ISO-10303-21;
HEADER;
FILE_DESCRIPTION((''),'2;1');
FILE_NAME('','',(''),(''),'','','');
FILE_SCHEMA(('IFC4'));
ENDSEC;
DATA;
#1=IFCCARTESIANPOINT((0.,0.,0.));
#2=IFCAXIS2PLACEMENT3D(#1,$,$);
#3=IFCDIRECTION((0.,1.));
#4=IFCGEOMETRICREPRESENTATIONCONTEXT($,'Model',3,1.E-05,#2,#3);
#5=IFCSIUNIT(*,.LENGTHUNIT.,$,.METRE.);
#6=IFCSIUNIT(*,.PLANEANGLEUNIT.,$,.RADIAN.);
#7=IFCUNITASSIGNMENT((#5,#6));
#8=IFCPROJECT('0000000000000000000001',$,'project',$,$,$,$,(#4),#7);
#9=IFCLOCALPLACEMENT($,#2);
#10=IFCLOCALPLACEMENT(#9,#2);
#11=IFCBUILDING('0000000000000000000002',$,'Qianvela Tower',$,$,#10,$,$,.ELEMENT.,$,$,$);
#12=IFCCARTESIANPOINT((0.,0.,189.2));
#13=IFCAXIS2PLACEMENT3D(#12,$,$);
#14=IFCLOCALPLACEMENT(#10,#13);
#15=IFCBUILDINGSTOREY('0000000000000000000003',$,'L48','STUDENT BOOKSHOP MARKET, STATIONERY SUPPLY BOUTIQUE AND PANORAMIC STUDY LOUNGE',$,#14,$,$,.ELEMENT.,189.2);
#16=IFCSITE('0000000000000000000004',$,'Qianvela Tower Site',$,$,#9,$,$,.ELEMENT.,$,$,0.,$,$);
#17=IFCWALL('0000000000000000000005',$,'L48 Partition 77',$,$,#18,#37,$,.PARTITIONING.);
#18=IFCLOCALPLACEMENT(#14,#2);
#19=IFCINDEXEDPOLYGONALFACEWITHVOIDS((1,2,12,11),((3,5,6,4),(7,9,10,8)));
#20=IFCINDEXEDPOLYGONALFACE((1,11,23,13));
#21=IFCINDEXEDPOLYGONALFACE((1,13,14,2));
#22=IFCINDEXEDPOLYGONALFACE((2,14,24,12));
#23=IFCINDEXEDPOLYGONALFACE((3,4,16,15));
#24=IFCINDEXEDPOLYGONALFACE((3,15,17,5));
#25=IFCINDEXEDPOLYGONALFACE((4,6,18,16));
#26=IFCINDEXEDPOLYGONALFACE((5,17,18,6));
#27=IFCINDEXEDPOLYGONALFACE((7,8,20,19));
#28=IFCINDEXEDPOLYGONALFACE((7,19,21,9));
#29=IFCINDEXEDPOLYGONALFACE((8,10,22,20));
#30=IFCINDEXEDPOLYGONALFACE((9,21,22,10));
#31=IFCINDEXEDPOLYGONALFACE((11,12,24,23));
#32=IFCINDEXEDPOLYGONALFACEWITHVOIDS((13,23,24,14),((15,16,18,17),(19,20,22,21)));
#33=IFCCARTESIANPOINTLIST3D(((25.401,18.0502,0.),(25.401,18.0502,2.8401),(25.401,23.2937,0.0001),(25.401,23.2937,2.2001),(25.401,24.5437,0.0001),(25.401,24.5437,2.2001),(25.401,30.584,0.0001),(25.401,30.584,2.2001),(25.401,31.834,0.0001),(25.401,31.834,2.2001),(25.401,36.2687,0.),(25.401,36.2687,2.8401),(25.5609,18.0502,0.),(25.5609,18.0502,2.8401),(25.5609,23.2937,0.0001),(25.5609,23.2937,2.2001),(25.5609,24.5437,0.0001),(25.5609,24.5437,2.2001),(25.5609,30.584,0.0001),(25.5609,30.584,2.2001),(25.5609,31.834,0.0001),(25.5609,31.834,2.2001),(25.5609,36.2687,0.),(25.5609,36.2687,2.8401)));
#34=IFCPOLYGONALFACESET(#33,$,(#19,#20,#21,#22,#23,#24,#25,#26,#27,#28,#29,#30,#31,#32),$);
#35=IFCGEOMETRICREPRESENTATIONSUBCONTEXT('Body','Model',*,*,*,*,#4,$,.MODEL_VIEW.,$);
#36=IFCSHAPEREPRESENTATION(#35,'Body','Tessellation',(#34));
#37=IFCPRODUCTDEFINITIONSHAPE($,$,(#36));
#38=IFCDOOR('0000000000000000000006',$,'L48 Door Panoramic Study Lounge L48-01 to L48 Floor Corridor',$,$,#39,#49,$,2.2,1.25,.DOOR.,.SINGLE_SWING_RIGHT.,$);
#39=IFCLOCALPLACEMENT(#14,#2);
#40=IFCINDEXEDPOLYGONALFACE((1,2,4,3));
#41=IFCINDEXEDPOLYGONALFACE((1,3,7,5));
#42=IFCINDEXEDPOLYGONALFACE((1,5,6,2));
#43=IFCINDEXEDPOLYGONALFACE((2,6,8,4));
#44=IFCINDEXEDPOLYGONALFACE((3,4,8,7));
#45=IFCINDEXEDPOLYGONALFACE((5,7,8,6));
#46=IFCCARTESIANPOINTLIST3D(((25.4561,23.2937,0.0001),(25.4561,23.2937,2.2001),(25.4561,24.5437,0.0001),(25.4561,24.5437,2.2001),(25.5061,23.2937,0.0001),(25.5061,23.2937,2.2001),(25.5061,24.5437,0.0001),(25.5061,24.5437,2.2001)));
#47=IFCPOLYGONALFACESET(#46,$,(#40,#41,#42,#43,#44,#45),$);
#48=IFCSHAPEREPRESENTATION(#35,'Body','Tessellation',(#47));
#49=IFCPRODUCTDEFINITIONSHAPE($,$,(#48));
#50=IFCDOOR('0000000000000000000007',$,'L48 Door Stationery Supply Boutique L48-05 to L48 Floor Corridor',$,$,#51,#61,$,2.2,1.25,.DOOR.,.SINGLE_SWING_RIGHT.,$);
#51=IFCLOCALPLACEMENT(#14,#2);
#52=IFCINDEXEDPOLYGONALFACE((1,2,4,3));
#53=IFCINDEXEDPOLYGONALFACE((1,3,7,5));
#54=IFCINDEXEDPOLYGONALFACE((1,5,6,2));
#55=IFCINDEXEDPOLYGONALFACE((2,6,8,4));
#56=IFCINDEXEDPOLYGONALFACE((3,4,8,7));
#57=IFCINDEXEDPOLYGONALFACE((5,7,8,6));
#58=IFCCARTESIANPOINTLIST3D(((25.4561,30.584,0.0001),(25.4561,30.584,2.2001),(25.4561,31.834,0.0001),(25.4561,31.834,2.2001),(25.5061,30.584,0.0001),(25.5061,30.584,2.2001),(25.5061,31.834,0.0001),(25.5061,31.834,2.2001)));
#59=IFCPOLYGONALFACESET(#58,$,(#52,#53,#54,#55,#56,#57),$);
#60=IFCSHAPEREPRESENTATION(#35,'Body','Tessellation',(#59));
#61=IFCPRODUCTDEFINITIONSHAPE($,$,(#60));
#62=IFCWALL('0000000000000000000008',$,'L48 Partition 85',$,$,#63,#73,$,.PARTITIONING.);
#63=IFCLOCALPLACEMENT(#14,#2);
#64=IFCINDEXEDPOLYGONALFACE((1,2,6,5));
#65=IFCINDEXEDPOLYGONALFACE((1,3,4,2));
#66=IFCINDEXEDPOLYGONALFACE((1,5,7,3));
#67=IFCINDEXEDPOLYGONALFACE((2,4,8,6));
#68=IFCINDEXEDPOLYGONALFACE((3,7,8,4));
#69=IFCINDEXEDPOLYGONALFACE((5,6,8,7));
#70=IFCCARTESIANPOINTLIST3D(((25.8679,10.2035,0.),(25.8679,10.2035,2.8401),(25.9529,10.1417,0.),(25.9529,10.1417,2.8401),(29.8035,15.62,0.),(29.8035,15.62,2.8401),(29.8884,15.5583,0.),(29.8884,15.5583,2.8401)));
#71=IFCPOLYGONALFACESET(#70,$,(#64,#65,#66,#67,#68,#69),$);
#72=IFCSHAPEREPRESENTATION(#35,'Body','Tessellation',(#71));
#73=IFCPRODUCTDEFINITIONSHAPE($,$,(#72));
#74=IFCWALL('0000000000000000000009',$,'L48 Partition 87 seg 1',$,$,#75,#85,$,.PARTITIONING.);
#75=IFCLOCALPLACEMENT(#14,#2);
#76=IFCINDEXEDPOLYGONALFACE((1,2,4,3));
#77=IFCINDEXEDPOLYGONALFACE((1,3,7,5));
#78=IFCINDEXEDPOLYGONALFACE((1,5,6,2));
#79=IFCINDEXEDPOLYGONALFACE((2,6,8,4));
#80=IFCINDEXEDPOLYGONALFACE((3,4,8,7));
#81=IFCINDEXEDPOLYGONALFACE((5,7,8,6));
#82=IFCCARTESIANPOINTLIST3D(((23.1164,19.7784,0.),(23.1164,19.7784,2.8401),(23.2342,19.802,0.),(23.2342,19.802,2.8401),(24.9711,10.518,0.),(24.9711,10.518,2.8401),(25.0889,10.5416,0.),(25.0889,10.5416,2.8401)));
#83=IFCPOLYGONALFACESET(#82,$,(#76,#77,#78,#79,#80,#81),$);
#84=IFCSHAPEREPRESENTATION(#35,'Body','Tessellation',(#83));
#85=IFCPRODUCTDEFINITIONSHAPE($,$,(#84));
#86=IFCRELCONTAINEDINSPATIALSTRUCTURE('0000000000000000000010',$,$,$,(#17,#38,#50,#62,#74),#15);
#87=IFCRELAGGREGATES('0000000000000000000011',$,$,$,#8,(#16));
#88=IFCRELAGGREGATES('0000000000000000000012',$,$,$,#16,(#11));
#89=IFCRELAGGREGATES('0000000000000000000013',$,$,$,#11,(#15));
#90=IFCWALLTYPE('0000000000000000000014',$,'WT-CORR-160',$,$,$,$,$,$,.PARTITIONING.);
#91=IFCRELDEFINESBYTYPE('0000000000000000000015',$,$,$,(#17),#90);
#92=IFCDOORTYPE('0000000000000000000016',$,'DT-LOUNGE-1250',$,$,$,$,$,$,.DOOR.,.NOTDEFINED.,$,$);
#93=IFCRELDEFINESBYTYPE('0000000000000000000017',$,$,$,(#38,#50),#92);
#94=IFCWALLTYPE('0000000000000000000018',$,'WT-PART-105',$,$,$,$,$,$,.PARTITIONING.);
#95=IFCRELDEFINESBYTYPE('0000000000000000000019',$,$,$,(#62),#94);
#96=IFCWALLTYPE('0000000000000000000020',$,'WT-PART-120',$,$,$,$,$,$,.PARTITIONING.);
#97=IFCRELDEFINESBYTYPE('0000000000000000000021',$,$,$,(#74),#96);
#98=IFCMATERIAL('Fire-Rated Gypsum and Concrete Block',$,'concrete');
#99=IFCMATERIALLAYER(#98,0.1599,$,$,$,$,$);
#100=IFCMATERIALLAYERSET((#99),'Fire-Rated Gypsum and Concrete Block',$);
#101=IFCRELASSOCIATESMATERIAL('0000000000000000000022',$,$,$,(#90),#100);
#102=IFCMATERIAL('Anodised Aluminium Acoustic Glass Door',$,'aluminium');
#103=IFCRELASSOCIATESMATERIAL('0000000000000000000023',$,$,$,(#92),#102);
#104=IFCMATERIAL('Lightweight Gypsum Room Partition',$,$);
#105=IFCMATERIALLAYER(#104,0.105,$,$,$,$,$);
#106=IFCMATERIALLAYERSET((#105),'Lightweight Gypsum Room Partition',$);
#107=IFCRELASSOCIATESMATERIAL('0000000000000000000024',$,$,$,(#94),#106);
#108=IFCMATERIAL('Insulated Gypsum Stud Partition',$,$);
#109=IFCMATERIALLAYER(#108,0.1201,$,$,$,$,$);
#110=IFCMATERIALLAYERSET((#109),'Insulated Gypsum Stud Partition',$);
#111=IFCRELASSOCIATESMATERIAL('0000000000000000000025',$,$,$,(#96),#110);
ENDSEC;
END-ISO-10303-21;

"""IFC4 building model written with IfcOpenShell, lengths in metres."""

from ifc_helpers import new_model, si_unit, direction, frame, frame_2d, origin, place, context, subcontext, project, spatial, rectangle, extrude, material, layer, layer_set, type_object, element, fill, save


model = new_model("IFC4")

# Units and contexts
model_context = context("Model", 3, precision=1e-05, world=origin(), true_north=direction((0.0, 1.0)))
body_context = subcontext(model_context, "Body", "Model", "MODEL_VIEW")
ifc_project = project(units=[si_unit("LENGTHUNIT", "METRE"), si_unit("PLANEANGLEUNIT", "RADIAN")], contexts=[model_context])

# Site, building, storey
site_placement = place(None, origin())
site = spatial("IfcSite", under=ifc_project, at=site_placement, Name="Qianvela Tower Site", CompositionType="ELEMENT", RefElevation=0.0)
building_placement = place(site_placement, origin())
building = spatial("IfcBuilding", under=site, at=building_placement, Name="Qianvela Tower", CompositionType="ELEMENT")
storey_placement = place(building_placement, frame((0.0, 0.0, 189.2)))
storey = spatial("IfcBuildingStorey", under=building, at=storey_placement, Name="L48", Description="STUDENT BOOKSHOP MARKET, STATIONERY SUPPLY BOUTIQUE AND PANORAMIC STUDY LOUNGE", CompositionType="ELEMENT", Elevation=189.2)

# Shared definitions
ifc_material_1 = material(Name="Fire-Rated Gypsum and Concrete Block", Category="concrete")
ifc_layer_1 = layer(ifc_material_1, 0.1599)
ifc_layer_set_1 = layer_set([ifc_layer_1], Name="Fire-Rated Gypsum and Concrete Block")
wall_type_1 = type_object("IfcWallType", Name="WT-CORR-160", PredefinedType="PARTITIONING", material=ifc_layer_set_1)

# Wall, openings, doors
wall_1_placement = place(storey_placement, frame((25.481, 18.05, 0.0), z_axis=(0.0, 0.0, 1.0), x_axis=(0.0, 1.0, 0.0)))
wall_1 = element("IfcWall", 1, at=wall_1_placement, inside=storey, type_object=wall_type_1, Name="L48 Partition 77", PredefinedType="PARTITIONING", context=body_context, shape_type="SweptSolid", body=[
    extrude(rectangle(XDim=18.2185, YDim=0.1599, at=frame_2d((9.1094, 0.0))), origin(), (0.0, 0.0, 1.0), 2.8401),
])
opening_1_placement = place(wall_1_placement, frame((5.2437, 0.0, 0.0)))
opening_1 = element("IfcOpeningElement", 2, at=opening_1_placement, cuts=wall_1, PredefinedType="OPENING", context=body_context, shape_type="SweptSolid", body=[
    extrude(rectangle(XDim=1.25, YDim=2.2, at=frame_2d((0.625, 1.1001))), frame((0.0, 0.0898, 0.0), z_axis=(0.0, -1.0, 0.0), x_axis=(1.0, 0.0, 0.0)), (0.0, 0.0, 1.0), 0.1799),
])
opening_2_placement = place(wall_1_placement, frame((12.5339, 0.0, 0.0)))
opening_2 = element("IfcOpeningElement", 3, at=opening_2_placement, cuts=wall_1, PredefinedType="OPENING", context=body_context, shape_type="SweptSolid", body=[
    extrude(rectangle(XDim=1.25, YDim=2.2, at=frame_2d((0.625, 1.1001))), frame((0.0, 0.0898, 0.0), z_axis=(0.0, -1.0, 0.0), x_axis=(1.0, 0.0, 0.0)), (0.0, 0.0, 1.0), 0.1799),
])
ifc_material_2 = material(Name="Anodised Aluminium Acoustic Glass Door", Category="aluminium")
door_type_1 = type_object("IfcDoorType", Name="DT-LOUNGE-1250", OperationType="NOTDEFINED", PredefinedType="DOOR", material=ifc_material_2)
door_1_placement = place(opening_1_placement, origin())
door_1 = element("IfcDoor", 4, at=door_1_placement, inside=storey, type_object=door_type_1, Name="L48 Door Panoramic Study Lounge L48-01 to L48 Floor Corridor", OperationType="SINGLE_SWING_RIGHT", OverallHeight=2.2, OverallWidth=1.25, PredefinedType="DOOR", context=body_context, shape_type="SweptSolid", body=[
    extrude(rectangle(XDim=1.25, YDim=2.2, at=frame_2d((0.625, 1.1001))), frame((0.0, 0.0249, 0.0), z_axis=(0.0, -1.0, 0.0), x_axis=(1.0, 0.0, 0.0)), (0.0, 0.0, 1.0), 0.05),
])
fill(opening_1, door_1)
door_2_placement = place(opening_2_placement, origin())
door_2 = element("IfcDoor", 5, at=door_2_placement, inside=storey, type_object=door_type_1, Name="L48 Door Stationery Supply Boutique L48-05 to L48 Floor Corridor", OperationType="SINGLE_SWING_RIGHT", OverallHeight=2.2, OverallWidth=1.25, PredefinedType="DOOR", context=body_context, shape_type="SweptSolid", body=[
    extrude(rectangle(XDim=1.25, YDim=2.2, at=frame_2d((0.625, 1.1001))), frame((0.0, 0.0249, 0.0), z_axis=(0.0, -1.0, 0.0), x_axis=(1.0, 0.0, 0.0)), (0.0, 0.0, 1.0), 0.05),
])
fill(opening_2, door_2)

# Walls
ifc_material_3 = material(Name="Lightweight Gypsum Room Partition")
ifc_layer_2 = layer(ifc_material_3, 0.105)
ifc_layer_set_2 = layer_set([ifc_layer_2], Name="Lightweight Gypsum Room Partition")
wall_type_2 = type_object("IfcWallType", Name="WT-PART-105", PredefinedType="PARTITIONING", material=ifc_layer_set_2)
wall_2_placement = place(storey_placement, frame((29.8459, 15.5891, 0.0), z_axis=(0.0, 0.0, 1.0), x_axis=(-0.587807, -0.809001, 0.0)))
element("IfcWall", 6, at=wall_2_placement, inside=storey, type_object=wall_type_2, Name="L48 Partition 85", PredefinedType="PARTITIONING", context=body_context, shape_type="SweptSolid", body=[
    extrude(rectangle(XDim=6.6953, YDim=0.105, at=frame_2d((3.3477, 0.0))), origin(), (0.0, 0.0, 1.0), 2.8401),
])
ifc_material_4 = material(Name="Insulated Gypsum Stud Partition")
ifc_layer_3 = layer(ifc_material_4, 0.1201)
ifc_layer_set_3 = layer_set([ifc_layer_3], Name="Insulated Gypsum Stud Partition")
wall_type_3 = type_object("IfcWallType", Name="WT-PART-120", PredefinedType="PARTITIONING", material=ifc_layer_set_3)
wall_3_placement = place(storey_placement, frame((25.03, 10.5298, 0.0), z_axis=(0.0, 0.0, 1.0), x_axis=(-0.196385, 0.980527, 0.0)))
element("IfcWall", 7, at=wall_3_placement, inside=storey, type_object=wall_type_3, Name="L48 Partition 87 seg 1", PredefinedType="PARTITIONING", context=body_context, shape_type="SweptSolid", body=[
    extrude(rectangle(XDim=9.4443, YDim=0.1201, at=frame_2d((4.7222, 0.0))), origin(), (0.0, 0.0, 1.0), 2.8401),
])

save(model, "model.ifc")
